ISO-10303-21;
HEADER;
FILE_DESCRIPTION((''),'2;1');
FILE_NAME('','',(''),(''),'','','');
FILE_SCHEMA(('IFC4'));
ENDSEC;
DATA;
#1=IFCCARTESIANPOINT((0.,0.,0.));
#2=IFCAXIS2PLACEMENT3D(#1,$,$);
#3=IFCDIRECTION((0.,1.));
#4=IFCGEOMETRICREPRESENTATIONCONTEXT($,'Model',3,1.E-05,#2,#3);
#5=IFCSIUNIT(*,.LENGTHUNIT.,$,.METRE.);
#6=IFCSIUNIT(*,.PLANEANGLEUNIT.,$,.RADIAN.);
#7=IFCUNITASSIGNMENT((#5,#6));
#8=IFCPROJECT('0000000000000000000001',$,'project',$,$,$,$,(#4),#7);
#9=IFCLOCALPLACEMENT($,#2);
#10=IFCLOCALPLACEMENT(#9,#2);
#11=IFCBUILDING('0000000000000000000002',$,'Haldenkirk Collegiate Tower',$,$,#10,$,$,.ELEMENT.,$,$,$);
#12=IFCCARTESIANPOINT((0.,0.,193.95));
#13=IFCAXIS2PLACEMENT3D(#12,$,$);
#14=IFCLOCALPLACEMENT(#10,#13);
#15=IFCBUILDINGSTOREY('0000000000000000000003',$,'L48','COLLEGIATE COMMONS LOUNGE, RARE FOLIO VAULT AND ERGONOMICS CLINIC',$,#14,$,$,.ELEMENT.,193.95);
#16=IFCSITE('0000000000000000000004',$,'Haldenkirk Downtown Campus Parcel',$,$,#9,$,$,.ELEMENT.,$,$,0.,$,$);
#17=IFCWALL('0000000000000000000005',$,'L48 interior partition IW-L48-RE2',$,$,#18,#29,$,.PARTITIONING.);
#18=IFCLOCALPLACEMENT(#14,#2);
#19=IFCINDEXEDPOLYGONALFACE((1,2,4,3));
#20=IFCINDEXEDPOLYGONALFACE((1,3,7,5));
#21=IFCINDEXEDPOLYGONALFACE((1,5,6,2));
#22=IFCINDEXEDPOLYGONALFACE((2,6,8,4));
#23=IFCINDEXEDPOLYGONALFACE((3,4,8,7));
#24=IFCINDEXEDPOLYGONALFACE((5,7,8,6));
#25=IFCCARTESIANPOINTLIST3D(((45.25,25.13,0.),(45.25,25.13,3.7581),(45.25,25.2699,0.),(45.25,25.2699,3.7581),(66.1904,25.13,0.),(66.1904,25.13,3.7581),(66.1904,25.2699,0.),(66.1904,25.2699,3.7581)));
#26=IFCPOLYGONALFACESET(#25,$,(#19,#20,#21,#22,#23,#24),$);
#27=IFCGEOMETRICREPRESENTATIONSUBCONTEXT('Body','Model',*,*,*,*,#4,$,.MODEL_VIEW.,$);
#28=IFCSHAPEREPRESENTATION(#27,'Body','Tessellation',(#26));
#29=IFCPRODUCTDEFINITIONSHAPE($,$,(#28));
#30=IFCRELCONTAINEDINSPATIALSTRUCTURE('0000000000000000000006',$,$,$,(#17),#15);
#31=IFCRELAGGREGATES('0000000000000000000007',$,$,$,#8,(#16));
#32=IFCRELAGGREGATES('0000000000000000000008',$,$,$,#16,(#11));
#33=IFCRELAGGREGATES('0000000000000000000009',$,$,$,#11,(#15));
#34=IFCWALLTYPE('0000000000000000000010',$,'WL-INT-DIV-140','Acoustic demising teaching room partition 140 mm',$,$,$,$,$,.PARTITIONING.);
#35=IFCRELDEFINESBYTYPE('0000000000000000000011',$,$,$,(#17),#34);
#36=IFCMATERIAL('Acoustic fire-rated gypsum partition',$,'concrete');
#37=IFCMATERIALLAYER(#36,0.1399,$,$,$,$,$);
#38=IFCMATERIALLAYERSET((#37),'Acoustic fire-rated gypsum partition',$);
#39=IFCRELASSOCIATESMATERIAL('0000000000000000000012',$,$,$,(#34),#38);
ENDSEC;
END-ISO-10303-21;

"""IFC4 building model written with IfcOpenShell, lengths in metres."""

from ifc_helpers import new_model, si_unit, direction, frame, frame_2d, origin, place, context, subcontext, project, spatial, rectangle, extrude, material, layer, layer_set, type_object, element, save


model = new_model("IFC4")

# Units and contexts
model_context = context("Model", 3, precision=1e-05, world=origin(), true_north=direction((0.0, 1.0)))
body_context = subcontext(model_context, "Body", "Model", "MODEL_VIEW")
ifc_project = project(units=[si_unit("LENGTHUNIT", "METRE"), si_unit("PLANEANGLEUNIT", "RADIAN")], contexts=[model_context])

# Site, building, storey
site_placement = place(None, origin())
site = spatial("IfcSite", under=ifc_project, at=site_placement, Name="Haldenkirk Downtown Campus Parcel", CompositionType="ELEMENT", RefElevation=0.0)
building_placement = place(site_placement, origin())
building = spatial("IfcBuilding", under=site, at=building_placement, Name="Haldenkirk Collegiate Tower", CompositionType="ELEMENT")
storey_placement = place(building_placement, frame((0.0, 0.0, 193.95)))
storey = spatial("IfcBuildingStorey", under=building, at=storey_placement, Name="L48", Description="COLLEGIATE COMMONS LOUNGE, RARE FOLIO VAULT AND ERGONOMICS CLINIC", CompositionType="ELEMENT", Elevation=193.95)

# Shared definitions
ifc_material_1 = material(Name="Acoustic fire-rated gypsum partition", Category="concrete")

# Shared definitions
ifc_layer_1 = layer(ifc_material_1, 0.1399)
ifc_layer_set_1 = layer_set([ifc_layer_1], Name="Acoustic fire-rated gypsum partition")
wall_type_1 = type_object("IfcWallType", Name="WL-INT-DIV-140", Description="Acoustic demising teaching room partition 140 mm", PredefinedType="PARTITIONING", material=ifc_layer_set_1)

# Wall
wall_1_placement = place(storey_placement, frame((45.25, 25.2, 0.0), z_axis=(0.0, 0.0, 1.0), x_axis=(1.0, 0.0, 0.0)))
element("IfcWall", 1, at=wall_1_placement, inside=storey, type_object=wall_type_1, Name="L48 interior partition IW-L48-RE2", PredefinedType="PARTITIONING", context=body_context, shape_type="SweptSolid", body=[
    extrude(rectangle(XDim=20.9404, YDim=0.1399, at=frame_2d((10.4702, 0.0))), origin(), (0.0, 0.0, 1.0), 3.7581),
])

save(model, "model.ifc")
